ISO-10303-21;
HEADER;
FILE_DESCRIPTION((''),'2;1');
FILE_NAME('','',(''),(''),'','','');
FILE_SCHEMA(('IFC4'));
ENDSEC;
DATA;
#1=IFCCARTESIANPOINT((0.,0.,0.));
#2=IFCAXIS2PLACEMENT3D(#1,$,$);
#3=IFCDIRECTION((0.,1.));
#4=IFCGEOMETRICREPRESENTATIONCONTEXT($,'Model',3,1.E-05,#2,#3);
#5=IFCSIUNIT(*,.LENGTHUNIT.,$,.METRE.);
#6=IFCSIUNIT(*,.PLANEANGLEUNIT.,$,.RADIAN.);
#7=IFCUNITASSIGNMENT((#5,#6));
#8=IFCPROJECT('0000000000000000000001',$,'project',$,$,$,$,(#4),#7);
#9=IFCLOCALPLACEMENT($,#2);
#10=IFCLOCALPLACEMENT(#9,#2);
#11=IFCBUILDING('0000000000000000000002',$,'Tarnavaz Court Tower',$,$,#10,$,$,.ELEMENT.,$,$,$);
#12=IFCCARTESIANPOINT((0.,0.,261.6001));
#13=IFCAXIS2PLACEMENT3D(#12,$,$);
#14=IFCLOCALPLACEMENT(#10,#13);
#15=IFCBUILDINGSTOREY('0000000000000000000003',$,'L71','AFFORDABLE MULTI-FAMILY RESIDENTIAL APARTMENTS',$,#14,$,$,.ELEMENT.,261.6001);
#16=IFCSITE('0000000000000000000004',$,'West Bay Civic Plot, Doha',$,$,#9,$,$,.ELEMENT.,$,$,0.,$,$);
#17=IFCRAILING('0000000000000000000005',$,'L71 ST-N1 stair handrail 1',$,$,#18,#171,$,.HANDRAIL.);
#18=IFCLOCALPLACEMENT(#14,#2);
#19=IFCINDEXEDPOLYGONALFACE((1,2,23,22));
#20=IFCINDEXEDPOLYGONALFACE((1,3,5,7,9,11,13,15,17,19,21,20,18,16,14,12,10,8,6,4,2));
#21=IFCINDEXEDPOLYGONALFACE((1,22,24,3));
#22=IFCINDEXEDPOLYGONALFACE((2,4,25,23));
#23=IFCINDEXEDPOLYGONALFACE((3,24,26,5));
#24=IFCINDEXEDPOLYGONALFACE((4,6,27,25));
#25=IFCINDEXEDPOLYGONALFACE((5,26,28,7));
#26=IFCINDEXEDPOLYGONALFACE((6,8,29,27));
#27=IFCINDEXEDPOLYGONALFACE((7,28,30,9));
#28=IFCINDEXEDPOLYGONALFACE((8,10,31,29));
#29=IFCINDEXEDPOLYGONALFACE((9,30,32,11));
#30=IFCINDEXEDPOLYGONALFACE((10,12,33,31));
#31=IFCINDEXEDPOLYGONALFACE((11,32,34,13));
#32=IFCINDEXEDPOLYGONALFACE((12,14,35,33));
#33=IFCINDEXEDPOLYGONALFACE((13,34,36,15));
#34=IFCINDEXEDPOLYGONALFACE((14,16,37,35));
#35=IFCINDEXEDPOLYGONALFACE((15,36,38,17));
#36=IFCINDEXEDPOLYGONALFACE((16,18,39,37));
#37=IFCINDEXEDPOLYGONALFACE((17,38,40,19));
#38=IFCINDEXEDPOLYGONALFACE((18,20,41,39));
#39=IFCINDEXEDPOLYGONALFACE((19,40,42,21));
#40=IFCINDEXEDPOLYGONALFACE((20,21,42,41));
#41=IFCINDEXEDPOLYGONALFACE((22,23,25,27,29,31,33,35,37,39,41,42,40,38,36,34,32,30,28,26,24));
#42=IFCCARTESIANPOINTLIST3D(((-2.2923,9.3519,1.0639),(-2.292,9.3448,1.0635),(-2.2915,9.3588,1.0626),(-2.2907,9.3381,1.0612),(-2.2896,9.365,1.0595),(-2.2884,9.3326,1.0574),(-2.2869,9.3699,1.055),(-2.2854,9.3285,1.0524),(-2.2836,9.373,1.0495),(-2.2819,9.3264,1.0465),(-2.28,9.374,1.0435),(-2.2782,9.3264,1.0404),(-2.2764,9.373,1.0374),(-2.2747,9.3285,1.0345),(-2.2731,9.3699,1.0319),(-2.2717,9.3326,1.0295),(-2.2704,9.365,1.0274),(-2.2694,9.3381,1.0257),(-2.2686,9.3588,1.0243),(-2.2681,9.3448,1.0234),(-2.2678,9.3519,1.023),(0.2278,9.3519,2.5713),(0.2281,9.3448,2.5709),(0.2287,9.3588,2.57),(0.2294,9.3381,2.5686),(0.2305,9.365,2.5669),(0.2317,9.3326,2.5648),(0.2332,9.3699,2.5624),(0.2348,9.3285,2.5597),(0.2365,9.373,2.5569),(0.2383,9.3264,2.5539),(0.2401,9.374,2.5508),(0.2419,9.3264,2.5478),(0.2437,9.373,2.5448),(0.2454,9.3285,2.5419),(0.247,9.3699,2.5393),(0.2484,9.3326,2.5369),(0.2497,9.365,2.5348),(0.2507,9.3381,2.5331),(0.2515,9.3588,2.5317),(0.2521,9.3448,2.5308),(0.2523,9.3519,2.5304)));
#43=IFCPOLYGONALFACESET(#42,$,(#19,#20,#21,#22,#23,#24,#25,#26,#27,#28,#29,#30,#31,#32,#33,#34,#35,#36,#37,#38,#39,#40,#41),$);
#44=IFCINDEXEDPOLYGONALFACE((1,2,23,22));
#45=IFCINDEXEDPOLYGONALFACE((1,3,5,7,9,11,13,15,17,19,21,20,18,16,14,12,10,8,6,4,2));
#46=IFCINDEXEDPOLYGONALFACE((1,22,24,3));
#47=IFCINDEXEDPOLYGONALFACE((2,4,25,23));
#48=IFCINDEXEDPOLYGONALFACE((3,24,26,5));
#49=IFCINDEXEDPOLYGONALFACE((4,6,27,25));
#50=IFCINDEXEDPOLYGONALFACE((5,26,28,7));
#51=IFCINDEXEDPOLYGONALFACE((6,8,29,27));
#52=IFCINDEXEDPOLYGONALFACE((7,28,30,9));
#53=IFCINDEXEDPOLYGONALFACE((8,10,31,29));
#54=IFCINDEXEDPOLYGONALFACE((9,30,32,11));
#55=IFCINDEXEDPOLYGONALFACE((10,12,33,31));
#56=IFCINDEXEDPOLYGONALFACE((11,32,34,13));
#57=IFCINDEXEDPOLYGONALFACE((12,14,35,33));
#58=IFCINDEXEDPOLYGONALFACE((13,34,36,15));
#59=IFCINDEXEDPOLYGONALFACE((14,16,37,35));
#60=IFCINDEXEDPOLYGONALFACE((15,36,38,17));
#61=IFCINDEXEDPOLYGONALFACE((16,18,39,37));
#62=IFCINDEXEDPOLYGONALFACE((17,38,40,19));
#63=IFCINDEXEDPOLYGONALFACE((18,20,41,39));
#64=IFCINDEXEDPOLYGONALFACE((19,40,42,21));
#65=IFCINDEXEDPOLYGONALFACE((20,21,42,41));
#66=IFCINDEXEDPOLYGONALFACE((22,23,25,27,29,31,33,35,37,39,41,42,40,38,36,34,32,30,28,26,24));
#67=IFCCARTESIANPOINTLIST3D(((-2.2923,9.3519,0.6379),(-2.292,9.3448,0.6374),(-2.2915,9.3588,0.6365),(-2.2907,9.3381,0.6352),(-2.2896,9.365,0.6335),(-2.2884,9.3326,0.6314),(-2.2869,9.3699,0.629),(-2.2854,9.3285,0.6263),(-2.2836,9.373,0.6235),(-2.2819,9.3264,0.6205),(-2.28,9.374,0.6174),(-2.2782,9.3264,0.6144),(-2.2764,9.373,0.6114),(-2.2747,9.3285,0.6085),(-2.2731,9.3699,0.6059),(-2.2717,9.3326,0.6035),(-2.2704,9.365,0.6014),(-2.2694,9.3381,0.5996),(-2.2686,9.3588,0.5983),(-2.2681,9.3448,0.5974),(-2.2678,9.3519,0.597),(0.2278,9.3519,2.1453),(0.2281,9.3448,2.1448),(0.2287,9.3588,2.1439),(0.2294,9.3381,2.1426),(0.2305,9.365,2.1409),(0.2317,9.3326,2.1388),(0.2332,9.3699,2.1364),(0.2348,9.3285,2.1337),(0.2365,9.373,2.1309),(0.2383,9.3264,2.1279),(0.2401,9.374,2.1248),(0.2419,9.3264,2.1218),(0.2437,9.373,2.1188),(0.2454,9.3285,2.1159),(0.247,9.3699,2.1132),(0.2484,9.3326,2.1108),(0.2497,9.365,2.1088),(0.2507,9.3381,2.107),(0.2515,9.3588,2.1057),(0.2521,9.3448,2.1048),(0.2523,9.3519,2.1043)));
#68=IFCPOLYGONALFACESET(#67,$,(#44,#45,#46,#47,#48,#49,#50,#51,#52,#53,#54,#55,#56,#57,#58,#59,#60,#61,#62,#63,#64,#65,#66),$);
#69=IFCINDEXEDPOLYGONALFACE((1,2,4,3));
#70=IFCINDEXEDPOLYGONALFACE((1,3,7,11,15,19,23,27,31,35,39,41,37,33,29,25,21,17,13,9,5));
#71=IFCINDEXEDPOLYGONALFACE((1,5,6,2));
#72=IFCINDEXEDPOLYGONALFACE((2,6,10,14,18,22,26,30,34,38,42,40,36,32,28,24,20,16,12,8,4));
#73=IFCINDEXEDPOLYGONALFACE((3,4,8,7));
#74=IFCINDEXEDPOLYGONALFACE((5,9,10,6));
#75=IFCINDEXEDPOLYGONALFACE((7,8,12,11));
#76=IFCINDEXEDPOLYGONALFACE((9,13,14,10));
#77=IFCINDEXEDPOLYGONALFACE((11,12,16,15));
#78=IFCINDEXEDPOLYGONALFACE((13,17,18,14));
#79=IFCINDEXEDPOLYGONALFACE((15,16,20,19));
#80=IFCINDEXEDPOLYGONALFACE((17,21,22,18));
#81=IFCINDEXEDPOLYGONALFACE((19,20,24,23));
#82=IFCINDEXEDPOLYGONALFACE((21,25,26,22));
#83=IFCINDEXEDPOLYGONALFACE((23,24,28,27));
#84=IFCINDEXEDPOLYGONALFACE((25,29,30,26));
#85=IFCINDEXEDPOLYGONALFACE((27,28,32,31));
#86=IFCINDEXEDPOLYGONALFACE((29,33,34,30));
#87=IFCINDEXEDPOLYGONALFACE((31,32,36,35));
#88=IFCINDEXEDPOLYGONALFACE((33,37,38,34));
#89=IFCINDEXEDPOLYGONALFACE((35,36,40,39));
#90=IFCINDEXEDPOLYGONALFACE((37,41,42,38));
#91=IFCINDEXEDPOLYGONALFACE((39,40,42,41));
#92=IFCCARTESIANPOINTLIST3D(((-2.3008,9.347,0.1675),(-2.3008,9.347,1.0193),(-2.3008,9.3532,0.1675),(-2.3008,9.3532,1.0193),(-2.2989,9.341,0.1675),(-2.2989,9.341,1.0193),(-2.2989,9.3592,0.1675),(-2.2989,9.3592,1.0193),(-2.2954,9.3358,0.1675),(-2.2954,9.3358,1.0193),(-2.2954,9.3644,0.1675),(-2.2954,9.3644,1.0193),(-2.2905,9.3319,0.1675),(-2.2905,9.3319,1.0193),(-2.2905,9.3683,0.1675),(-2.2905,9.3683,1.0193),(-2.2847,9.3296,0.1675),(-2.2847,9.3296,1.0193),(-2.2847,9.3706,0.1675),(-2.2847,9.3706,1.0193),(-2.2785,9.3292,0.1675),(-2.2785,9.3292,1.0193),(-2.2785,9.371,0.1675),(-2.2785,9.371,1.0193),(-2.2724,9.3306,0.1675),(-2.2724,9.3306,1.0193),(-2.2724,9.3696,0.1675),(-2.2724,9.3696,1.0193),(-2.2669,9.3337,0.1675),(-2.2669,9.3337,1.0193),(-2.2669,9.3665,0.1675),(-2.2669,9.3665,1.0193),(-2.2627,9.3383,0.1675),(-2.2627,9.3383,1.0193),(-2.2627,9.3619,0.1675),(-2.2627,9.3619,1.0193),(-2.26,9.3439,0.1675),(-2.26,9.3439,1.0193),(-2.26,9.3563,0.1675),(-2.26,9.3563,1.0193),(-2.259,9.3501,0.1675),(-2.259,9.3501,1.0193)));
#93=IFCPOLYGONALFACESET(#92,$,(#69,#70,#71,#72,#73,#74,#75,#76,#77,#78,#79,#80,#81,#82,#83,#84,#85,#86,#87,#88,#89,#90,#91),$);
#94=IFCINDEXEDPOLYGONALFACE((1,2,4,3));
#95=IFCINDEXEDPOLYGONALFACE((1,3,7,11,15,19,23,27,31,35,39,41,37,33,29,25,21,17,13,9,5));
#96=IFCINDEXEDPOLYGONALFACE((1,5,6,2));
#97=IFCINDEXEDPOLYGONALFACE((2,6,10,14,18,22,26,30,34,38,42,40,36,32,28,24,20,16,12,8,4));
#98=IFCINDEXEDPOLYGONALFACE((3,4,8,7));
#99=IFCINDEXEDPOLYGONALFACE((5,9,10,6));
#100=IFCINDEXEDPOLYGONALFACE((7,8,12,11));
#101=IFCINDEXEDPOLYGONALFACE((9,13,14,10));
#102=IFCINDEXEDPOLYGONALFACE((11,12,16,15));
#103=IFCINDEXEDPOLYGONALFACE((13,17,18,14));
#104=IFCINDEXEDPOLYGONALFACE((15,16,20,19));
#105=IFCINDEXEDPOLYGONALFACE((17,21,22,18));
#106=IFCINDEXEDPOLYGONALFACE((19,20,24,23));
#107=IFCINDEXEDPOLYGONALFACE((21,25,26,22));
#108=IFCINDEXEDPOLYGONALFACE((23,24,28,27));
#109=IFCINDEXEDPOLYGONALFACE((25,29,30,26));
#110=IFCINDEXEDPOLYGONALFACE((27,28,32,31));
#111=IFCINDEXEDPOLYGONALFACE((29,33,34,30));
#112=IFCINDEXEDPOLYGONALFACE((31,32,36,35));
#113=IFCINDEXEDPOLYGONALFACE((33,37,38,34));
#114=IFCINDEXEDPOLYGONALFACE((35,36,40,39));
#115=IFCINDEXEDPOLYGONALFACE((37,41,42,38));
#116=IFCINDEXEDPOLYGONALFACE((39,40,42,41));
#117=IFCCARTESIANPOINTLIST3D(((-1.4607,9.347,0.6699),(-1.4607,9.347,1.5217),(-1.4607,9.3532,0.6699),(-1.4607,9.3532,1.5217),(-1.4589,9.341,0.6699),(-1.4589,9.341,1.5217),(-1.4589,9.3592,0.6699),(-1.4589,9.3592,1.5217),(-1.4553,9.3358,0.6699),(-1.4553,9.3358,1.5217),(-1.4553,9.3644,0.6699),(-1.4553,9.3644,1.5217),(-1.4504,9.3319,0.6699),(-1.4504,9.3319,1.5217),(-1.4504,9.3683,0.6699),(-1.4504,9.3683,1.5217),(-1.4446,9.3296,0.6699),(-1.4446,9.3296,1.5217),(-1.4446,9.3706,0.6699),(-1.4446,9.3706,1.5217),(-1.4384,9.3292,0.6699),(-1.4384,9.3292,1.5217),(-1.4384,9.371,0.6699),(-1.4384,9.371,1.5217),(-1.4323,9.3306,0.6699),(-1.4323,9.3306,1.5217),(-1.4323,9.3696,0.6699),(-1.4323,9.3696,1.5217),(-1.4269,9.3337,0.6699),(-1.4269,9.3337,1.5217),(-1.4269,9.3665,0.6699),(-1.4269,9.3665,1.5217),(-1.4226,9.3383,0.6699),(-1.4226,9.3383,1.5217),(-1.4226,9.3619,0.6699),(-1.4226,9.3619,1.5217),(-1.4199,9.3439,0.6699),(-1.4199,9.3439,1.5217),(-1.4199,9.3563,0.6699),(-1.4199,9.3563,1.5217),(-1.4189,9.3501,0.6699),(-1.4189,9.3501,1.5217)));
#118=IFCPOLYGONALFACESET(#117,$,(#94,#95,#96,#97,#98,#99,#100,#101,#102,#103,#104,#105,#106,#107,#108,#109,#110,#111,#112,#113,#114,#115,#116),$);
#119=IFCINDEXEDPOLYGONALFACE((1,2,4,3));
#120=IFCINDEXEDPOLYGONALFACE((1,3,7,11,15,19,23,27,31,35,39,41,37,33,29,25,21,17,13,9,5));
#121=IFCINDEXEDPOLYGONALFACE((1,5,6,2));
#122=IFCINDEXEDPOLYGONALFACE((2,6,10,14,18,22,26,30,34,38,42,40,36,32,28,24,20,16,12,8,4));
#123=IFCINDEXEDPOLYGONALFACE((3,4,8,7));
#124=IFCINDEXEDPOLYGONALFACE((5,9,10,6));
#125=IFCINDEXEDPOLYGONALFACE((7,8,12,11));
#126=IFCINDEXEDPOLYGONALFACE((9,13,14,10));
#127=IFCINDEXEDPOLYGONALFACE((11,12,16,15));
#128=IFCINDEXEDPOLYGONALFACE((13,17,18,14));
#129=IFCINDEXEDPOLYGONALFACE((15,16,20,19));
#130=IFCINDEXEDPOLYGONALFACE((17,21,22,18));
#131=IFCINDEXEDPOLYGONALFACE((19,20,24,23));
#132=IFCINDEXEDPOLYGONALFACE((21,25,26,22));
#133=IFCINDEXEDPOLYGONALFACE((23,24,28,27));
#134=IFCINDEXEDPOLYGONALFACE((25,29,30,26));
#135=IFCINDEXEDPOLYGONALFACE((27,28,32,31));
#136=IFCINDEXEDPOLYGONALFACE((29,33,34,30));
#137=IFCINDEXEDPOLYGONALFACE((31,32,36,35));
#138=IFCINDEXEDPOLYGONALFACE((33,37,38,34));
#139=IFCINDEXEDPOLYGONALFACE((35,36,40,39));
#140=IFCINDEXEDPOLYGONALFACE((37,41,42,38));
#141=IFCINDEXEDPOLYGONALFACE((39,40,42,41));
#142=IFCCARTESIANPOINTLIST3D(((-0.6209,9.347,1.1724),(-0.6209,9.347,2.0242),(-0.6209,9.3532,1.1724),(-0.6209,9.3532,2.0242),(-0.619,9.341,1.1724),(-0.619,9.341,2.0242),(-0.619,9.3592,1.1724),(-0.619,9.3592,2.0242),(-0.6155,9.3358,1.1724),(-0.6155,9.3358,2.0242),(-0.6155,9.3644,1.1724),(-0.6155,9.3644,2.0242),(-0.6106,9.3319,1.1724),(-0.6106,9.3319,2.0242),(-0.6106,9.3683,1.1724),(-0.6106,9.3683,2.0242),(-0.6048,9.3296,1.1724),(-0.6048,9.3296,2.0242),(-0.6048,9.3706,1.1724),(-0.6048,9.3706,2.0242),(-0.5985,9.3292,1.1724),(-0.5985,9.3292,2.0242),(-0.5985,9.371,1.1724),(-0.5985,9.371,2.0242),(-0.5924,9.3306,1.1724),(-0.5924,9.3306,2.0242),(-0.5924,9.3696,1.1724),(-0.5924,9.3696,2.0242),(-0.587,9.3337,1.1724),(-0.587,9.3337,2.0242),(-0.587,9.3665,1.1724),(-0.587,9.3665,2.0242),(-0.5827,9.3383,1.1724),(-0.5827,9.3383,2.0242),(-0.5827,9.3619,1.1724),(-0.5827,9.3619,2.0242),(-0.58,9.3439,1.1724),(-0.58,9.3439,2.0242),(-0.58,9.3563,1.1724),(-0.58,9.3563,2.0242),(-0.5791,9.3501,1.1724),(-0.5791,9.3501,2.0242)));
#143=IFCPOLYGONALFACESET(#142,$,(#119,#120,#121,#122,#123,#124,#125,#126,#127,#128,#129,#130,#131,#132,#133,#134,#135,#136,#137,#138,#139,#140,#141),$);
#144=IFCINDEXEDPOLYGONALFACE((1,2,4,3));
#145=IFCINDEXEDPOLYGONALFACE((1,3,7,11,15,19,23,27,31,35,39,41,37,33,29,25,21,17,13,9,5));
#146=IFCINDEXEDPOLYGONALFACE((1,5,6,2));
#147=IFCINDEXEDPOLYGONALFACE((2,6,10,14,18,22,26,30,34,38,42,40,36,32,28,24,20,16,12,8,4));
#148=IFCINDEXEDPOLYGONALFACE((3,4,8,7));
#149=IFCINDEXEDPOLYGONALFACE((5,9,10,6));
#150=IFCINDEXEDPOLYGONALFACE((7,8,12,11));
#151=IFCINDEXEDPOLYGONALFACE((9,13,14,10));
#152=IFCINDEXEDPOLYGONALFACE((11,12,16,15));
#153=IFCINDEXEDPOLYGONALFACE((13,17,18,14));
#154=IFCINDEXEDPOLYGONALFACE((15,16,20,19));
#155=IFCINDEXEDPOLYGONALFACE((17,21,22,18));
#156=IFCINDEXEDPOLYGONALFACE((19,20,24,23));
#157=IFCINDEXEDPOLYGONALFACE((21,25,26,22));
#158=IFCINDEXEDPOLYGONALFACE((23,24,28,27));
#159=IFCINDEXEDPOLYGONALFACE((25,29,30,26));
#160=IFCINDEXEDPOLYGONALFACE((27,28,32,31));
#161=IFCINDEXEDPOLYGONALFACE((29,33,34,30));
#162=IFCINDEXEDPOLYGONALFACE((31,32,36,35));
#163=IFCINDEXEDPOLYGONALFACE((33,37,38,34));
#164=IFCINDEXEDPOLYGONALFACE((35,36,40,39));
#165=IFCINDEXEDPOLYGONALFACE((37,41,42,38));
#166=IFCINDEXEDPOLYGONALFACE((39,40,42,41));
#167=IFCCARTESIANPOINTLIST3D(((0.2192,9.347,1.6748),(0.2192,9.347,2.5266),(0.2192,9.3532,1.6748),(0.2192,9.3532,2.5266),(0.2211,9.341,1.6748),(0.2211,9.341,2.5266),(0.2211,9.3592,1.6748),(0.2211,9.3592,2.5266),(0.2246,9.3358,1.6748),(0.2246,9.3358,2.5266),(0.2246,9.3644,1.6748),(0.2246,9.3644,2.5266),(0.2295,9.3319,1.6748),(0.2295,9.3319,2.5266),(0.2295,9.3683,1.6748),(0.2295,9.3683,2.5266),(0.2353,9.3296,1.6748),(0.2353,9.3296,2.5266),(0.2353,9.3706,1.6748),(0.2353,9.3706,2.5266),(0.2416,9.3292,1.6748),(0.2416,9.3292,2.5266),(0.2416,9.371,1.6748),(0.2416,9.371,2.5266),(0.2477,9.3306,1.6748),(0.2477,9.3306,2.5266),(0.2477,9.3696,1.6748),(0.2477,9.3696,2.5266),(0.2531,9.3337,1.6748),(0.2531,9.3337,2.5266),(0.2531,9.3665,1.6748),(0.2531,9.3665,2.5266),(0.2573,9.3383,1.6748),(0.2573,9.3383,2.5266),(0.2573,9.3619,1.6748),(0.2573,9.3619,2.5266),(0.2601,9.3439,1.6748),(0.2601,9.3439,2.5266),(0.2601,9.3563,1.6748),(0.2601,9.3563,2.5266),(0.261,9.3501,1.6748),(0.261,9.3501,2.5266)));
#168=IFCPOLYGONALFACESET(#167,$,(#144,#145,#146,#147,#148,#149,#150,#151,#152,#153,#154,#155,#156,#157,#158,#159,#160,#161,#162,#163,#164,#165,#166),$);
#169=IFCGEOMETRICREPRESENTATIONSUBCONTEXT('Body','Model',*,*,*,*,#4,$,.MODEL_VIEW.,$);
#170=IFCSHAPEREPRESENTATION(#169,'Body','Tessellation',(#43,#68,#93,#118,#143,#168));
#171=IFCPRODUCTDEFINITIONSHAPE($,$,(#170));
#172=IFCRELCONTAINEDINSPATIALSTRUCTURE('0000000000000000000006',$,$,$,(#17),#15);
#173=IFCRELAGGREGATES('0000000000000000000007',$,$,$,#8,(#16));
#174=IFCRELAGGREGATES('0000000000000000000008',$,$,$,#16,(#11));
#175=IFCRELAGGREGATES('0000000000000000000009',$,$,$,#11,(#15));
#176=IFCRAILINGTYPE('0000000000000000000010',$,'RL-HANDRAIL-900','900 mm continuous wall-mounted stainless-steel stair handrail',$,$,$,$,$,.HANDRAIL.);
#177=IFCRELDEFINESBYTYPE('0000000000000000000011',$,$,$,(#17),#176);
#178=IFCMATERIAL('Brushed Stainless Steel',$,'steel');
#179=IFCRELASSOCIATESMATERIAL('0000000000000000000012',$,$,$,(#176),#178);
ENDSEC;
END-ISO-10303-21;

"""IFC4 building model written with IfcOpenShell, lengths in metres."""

from ifc_helpers import new_model, si_unit, direction, frame, origin, origin_2d, place, context, subcontext, project, spatial, circle, extrude, material, type_object, element, save


model = new_model("IFC4")

# Units and contexts
model_context = context("Model", 3, precision=1e-05, world=origin(), true_north=direction((0.0, 1.0)))
body_context = subcontext(model_context, "Body", "Model", "MODEL_VIEW")
ifc_project = project(units=[si_unit("LENGTHUNIT", "METRE"), si_unit("PLANEANGLEUNIT", "RADIAN")], contexts=[model_context])

# Site, building, storey
site_placement = place(None, origin())
site = spatial("IfcSite", under=ifc_project, at=site_placement, Name="West Bay Civic Plot, Doha", CompositionType="ELEMENT", RefElevation=0.0)
building_placement = place(site_placement, origin())
building = spatial("IfcBuilding", under=site, at=building_placement, Name="Tarnavaz Court Tower", CompositionType="ELEMENT")
storey_placement = place(building_placement, frame((0.0, 0.0, 261.6001)))
storey = spatial("IfcBuildingStorey", under=building, at=storey_placement, Name="L71", Description="AFFORDABLE MULTI-FAMILY RESIDENTIAL APARTMENTS", CompositionType="ELEMENT", Elevation=261.6001)

# Railing
ifc_material_1 = material(Name="Brushed Stainless Steel", Category="steel")
railing_type_1 = type_object("IfcRailingType", Name="RL-HANDRAIL-900", Description="900 mm continuous wall-mounted stainless-steel stair handrail", PredefinedType="HANDRAIL", material=ifc_material_1)
railing_1_placement = place(storey_placement, frame((-2.28, 9.3501, 0.1675)))
element("IfcRailing", 1, at=railing_1_placement, inside=storey, type_object=railing_type_1, Name="L71 ST-N1 stair handrail 1", PredefinedType="HANDRAIL", context=body_context, shape_type="SweptSolid", body=[
    extrude(circle(Radius=0.0239, at=origin_2d()), frame((0.0, 0.0, 0.876), z_axis=(0.858196, 0.0, 0.513321), x_axis=(0.0, 1.0, 0.0)), (0.0, 0.0, 1.0), 2.9365),
    extrude(circle(Radius=0.0239, at=origin_2d()), frame((0.0, 0.0, 0.45), z_axis=(0.858196, 0.0, 0.513321), x_axis=(0.0, 1.0, 0.0)), (0.0, 0.0, 1.0), 2.9365),
    extrude(circle(Radius=0.021, at=origin_2d()), origin(), (0.0, 0.0, 1.0), 0.8518),
    extrude(circle(Radius=0.021, at=origin_2d()), frame((0.8401, 0.0, 0.5024)), (0.0, 0.0, 1.0), 0.8518),
    extrude(circle(Radius=0.021, at=origin_2d()), frame((1.6799, 0.0, 1.0049)), (0.0, 0.0, 1.0), 0.8518),
    extrude(circle(Radius=0.021, at=origin_2d()), frame((2.52, 0.0, 1.5073)), (0.0, 0.0, 1.0), 0.8518),
])

save(model, "model.ifc")
